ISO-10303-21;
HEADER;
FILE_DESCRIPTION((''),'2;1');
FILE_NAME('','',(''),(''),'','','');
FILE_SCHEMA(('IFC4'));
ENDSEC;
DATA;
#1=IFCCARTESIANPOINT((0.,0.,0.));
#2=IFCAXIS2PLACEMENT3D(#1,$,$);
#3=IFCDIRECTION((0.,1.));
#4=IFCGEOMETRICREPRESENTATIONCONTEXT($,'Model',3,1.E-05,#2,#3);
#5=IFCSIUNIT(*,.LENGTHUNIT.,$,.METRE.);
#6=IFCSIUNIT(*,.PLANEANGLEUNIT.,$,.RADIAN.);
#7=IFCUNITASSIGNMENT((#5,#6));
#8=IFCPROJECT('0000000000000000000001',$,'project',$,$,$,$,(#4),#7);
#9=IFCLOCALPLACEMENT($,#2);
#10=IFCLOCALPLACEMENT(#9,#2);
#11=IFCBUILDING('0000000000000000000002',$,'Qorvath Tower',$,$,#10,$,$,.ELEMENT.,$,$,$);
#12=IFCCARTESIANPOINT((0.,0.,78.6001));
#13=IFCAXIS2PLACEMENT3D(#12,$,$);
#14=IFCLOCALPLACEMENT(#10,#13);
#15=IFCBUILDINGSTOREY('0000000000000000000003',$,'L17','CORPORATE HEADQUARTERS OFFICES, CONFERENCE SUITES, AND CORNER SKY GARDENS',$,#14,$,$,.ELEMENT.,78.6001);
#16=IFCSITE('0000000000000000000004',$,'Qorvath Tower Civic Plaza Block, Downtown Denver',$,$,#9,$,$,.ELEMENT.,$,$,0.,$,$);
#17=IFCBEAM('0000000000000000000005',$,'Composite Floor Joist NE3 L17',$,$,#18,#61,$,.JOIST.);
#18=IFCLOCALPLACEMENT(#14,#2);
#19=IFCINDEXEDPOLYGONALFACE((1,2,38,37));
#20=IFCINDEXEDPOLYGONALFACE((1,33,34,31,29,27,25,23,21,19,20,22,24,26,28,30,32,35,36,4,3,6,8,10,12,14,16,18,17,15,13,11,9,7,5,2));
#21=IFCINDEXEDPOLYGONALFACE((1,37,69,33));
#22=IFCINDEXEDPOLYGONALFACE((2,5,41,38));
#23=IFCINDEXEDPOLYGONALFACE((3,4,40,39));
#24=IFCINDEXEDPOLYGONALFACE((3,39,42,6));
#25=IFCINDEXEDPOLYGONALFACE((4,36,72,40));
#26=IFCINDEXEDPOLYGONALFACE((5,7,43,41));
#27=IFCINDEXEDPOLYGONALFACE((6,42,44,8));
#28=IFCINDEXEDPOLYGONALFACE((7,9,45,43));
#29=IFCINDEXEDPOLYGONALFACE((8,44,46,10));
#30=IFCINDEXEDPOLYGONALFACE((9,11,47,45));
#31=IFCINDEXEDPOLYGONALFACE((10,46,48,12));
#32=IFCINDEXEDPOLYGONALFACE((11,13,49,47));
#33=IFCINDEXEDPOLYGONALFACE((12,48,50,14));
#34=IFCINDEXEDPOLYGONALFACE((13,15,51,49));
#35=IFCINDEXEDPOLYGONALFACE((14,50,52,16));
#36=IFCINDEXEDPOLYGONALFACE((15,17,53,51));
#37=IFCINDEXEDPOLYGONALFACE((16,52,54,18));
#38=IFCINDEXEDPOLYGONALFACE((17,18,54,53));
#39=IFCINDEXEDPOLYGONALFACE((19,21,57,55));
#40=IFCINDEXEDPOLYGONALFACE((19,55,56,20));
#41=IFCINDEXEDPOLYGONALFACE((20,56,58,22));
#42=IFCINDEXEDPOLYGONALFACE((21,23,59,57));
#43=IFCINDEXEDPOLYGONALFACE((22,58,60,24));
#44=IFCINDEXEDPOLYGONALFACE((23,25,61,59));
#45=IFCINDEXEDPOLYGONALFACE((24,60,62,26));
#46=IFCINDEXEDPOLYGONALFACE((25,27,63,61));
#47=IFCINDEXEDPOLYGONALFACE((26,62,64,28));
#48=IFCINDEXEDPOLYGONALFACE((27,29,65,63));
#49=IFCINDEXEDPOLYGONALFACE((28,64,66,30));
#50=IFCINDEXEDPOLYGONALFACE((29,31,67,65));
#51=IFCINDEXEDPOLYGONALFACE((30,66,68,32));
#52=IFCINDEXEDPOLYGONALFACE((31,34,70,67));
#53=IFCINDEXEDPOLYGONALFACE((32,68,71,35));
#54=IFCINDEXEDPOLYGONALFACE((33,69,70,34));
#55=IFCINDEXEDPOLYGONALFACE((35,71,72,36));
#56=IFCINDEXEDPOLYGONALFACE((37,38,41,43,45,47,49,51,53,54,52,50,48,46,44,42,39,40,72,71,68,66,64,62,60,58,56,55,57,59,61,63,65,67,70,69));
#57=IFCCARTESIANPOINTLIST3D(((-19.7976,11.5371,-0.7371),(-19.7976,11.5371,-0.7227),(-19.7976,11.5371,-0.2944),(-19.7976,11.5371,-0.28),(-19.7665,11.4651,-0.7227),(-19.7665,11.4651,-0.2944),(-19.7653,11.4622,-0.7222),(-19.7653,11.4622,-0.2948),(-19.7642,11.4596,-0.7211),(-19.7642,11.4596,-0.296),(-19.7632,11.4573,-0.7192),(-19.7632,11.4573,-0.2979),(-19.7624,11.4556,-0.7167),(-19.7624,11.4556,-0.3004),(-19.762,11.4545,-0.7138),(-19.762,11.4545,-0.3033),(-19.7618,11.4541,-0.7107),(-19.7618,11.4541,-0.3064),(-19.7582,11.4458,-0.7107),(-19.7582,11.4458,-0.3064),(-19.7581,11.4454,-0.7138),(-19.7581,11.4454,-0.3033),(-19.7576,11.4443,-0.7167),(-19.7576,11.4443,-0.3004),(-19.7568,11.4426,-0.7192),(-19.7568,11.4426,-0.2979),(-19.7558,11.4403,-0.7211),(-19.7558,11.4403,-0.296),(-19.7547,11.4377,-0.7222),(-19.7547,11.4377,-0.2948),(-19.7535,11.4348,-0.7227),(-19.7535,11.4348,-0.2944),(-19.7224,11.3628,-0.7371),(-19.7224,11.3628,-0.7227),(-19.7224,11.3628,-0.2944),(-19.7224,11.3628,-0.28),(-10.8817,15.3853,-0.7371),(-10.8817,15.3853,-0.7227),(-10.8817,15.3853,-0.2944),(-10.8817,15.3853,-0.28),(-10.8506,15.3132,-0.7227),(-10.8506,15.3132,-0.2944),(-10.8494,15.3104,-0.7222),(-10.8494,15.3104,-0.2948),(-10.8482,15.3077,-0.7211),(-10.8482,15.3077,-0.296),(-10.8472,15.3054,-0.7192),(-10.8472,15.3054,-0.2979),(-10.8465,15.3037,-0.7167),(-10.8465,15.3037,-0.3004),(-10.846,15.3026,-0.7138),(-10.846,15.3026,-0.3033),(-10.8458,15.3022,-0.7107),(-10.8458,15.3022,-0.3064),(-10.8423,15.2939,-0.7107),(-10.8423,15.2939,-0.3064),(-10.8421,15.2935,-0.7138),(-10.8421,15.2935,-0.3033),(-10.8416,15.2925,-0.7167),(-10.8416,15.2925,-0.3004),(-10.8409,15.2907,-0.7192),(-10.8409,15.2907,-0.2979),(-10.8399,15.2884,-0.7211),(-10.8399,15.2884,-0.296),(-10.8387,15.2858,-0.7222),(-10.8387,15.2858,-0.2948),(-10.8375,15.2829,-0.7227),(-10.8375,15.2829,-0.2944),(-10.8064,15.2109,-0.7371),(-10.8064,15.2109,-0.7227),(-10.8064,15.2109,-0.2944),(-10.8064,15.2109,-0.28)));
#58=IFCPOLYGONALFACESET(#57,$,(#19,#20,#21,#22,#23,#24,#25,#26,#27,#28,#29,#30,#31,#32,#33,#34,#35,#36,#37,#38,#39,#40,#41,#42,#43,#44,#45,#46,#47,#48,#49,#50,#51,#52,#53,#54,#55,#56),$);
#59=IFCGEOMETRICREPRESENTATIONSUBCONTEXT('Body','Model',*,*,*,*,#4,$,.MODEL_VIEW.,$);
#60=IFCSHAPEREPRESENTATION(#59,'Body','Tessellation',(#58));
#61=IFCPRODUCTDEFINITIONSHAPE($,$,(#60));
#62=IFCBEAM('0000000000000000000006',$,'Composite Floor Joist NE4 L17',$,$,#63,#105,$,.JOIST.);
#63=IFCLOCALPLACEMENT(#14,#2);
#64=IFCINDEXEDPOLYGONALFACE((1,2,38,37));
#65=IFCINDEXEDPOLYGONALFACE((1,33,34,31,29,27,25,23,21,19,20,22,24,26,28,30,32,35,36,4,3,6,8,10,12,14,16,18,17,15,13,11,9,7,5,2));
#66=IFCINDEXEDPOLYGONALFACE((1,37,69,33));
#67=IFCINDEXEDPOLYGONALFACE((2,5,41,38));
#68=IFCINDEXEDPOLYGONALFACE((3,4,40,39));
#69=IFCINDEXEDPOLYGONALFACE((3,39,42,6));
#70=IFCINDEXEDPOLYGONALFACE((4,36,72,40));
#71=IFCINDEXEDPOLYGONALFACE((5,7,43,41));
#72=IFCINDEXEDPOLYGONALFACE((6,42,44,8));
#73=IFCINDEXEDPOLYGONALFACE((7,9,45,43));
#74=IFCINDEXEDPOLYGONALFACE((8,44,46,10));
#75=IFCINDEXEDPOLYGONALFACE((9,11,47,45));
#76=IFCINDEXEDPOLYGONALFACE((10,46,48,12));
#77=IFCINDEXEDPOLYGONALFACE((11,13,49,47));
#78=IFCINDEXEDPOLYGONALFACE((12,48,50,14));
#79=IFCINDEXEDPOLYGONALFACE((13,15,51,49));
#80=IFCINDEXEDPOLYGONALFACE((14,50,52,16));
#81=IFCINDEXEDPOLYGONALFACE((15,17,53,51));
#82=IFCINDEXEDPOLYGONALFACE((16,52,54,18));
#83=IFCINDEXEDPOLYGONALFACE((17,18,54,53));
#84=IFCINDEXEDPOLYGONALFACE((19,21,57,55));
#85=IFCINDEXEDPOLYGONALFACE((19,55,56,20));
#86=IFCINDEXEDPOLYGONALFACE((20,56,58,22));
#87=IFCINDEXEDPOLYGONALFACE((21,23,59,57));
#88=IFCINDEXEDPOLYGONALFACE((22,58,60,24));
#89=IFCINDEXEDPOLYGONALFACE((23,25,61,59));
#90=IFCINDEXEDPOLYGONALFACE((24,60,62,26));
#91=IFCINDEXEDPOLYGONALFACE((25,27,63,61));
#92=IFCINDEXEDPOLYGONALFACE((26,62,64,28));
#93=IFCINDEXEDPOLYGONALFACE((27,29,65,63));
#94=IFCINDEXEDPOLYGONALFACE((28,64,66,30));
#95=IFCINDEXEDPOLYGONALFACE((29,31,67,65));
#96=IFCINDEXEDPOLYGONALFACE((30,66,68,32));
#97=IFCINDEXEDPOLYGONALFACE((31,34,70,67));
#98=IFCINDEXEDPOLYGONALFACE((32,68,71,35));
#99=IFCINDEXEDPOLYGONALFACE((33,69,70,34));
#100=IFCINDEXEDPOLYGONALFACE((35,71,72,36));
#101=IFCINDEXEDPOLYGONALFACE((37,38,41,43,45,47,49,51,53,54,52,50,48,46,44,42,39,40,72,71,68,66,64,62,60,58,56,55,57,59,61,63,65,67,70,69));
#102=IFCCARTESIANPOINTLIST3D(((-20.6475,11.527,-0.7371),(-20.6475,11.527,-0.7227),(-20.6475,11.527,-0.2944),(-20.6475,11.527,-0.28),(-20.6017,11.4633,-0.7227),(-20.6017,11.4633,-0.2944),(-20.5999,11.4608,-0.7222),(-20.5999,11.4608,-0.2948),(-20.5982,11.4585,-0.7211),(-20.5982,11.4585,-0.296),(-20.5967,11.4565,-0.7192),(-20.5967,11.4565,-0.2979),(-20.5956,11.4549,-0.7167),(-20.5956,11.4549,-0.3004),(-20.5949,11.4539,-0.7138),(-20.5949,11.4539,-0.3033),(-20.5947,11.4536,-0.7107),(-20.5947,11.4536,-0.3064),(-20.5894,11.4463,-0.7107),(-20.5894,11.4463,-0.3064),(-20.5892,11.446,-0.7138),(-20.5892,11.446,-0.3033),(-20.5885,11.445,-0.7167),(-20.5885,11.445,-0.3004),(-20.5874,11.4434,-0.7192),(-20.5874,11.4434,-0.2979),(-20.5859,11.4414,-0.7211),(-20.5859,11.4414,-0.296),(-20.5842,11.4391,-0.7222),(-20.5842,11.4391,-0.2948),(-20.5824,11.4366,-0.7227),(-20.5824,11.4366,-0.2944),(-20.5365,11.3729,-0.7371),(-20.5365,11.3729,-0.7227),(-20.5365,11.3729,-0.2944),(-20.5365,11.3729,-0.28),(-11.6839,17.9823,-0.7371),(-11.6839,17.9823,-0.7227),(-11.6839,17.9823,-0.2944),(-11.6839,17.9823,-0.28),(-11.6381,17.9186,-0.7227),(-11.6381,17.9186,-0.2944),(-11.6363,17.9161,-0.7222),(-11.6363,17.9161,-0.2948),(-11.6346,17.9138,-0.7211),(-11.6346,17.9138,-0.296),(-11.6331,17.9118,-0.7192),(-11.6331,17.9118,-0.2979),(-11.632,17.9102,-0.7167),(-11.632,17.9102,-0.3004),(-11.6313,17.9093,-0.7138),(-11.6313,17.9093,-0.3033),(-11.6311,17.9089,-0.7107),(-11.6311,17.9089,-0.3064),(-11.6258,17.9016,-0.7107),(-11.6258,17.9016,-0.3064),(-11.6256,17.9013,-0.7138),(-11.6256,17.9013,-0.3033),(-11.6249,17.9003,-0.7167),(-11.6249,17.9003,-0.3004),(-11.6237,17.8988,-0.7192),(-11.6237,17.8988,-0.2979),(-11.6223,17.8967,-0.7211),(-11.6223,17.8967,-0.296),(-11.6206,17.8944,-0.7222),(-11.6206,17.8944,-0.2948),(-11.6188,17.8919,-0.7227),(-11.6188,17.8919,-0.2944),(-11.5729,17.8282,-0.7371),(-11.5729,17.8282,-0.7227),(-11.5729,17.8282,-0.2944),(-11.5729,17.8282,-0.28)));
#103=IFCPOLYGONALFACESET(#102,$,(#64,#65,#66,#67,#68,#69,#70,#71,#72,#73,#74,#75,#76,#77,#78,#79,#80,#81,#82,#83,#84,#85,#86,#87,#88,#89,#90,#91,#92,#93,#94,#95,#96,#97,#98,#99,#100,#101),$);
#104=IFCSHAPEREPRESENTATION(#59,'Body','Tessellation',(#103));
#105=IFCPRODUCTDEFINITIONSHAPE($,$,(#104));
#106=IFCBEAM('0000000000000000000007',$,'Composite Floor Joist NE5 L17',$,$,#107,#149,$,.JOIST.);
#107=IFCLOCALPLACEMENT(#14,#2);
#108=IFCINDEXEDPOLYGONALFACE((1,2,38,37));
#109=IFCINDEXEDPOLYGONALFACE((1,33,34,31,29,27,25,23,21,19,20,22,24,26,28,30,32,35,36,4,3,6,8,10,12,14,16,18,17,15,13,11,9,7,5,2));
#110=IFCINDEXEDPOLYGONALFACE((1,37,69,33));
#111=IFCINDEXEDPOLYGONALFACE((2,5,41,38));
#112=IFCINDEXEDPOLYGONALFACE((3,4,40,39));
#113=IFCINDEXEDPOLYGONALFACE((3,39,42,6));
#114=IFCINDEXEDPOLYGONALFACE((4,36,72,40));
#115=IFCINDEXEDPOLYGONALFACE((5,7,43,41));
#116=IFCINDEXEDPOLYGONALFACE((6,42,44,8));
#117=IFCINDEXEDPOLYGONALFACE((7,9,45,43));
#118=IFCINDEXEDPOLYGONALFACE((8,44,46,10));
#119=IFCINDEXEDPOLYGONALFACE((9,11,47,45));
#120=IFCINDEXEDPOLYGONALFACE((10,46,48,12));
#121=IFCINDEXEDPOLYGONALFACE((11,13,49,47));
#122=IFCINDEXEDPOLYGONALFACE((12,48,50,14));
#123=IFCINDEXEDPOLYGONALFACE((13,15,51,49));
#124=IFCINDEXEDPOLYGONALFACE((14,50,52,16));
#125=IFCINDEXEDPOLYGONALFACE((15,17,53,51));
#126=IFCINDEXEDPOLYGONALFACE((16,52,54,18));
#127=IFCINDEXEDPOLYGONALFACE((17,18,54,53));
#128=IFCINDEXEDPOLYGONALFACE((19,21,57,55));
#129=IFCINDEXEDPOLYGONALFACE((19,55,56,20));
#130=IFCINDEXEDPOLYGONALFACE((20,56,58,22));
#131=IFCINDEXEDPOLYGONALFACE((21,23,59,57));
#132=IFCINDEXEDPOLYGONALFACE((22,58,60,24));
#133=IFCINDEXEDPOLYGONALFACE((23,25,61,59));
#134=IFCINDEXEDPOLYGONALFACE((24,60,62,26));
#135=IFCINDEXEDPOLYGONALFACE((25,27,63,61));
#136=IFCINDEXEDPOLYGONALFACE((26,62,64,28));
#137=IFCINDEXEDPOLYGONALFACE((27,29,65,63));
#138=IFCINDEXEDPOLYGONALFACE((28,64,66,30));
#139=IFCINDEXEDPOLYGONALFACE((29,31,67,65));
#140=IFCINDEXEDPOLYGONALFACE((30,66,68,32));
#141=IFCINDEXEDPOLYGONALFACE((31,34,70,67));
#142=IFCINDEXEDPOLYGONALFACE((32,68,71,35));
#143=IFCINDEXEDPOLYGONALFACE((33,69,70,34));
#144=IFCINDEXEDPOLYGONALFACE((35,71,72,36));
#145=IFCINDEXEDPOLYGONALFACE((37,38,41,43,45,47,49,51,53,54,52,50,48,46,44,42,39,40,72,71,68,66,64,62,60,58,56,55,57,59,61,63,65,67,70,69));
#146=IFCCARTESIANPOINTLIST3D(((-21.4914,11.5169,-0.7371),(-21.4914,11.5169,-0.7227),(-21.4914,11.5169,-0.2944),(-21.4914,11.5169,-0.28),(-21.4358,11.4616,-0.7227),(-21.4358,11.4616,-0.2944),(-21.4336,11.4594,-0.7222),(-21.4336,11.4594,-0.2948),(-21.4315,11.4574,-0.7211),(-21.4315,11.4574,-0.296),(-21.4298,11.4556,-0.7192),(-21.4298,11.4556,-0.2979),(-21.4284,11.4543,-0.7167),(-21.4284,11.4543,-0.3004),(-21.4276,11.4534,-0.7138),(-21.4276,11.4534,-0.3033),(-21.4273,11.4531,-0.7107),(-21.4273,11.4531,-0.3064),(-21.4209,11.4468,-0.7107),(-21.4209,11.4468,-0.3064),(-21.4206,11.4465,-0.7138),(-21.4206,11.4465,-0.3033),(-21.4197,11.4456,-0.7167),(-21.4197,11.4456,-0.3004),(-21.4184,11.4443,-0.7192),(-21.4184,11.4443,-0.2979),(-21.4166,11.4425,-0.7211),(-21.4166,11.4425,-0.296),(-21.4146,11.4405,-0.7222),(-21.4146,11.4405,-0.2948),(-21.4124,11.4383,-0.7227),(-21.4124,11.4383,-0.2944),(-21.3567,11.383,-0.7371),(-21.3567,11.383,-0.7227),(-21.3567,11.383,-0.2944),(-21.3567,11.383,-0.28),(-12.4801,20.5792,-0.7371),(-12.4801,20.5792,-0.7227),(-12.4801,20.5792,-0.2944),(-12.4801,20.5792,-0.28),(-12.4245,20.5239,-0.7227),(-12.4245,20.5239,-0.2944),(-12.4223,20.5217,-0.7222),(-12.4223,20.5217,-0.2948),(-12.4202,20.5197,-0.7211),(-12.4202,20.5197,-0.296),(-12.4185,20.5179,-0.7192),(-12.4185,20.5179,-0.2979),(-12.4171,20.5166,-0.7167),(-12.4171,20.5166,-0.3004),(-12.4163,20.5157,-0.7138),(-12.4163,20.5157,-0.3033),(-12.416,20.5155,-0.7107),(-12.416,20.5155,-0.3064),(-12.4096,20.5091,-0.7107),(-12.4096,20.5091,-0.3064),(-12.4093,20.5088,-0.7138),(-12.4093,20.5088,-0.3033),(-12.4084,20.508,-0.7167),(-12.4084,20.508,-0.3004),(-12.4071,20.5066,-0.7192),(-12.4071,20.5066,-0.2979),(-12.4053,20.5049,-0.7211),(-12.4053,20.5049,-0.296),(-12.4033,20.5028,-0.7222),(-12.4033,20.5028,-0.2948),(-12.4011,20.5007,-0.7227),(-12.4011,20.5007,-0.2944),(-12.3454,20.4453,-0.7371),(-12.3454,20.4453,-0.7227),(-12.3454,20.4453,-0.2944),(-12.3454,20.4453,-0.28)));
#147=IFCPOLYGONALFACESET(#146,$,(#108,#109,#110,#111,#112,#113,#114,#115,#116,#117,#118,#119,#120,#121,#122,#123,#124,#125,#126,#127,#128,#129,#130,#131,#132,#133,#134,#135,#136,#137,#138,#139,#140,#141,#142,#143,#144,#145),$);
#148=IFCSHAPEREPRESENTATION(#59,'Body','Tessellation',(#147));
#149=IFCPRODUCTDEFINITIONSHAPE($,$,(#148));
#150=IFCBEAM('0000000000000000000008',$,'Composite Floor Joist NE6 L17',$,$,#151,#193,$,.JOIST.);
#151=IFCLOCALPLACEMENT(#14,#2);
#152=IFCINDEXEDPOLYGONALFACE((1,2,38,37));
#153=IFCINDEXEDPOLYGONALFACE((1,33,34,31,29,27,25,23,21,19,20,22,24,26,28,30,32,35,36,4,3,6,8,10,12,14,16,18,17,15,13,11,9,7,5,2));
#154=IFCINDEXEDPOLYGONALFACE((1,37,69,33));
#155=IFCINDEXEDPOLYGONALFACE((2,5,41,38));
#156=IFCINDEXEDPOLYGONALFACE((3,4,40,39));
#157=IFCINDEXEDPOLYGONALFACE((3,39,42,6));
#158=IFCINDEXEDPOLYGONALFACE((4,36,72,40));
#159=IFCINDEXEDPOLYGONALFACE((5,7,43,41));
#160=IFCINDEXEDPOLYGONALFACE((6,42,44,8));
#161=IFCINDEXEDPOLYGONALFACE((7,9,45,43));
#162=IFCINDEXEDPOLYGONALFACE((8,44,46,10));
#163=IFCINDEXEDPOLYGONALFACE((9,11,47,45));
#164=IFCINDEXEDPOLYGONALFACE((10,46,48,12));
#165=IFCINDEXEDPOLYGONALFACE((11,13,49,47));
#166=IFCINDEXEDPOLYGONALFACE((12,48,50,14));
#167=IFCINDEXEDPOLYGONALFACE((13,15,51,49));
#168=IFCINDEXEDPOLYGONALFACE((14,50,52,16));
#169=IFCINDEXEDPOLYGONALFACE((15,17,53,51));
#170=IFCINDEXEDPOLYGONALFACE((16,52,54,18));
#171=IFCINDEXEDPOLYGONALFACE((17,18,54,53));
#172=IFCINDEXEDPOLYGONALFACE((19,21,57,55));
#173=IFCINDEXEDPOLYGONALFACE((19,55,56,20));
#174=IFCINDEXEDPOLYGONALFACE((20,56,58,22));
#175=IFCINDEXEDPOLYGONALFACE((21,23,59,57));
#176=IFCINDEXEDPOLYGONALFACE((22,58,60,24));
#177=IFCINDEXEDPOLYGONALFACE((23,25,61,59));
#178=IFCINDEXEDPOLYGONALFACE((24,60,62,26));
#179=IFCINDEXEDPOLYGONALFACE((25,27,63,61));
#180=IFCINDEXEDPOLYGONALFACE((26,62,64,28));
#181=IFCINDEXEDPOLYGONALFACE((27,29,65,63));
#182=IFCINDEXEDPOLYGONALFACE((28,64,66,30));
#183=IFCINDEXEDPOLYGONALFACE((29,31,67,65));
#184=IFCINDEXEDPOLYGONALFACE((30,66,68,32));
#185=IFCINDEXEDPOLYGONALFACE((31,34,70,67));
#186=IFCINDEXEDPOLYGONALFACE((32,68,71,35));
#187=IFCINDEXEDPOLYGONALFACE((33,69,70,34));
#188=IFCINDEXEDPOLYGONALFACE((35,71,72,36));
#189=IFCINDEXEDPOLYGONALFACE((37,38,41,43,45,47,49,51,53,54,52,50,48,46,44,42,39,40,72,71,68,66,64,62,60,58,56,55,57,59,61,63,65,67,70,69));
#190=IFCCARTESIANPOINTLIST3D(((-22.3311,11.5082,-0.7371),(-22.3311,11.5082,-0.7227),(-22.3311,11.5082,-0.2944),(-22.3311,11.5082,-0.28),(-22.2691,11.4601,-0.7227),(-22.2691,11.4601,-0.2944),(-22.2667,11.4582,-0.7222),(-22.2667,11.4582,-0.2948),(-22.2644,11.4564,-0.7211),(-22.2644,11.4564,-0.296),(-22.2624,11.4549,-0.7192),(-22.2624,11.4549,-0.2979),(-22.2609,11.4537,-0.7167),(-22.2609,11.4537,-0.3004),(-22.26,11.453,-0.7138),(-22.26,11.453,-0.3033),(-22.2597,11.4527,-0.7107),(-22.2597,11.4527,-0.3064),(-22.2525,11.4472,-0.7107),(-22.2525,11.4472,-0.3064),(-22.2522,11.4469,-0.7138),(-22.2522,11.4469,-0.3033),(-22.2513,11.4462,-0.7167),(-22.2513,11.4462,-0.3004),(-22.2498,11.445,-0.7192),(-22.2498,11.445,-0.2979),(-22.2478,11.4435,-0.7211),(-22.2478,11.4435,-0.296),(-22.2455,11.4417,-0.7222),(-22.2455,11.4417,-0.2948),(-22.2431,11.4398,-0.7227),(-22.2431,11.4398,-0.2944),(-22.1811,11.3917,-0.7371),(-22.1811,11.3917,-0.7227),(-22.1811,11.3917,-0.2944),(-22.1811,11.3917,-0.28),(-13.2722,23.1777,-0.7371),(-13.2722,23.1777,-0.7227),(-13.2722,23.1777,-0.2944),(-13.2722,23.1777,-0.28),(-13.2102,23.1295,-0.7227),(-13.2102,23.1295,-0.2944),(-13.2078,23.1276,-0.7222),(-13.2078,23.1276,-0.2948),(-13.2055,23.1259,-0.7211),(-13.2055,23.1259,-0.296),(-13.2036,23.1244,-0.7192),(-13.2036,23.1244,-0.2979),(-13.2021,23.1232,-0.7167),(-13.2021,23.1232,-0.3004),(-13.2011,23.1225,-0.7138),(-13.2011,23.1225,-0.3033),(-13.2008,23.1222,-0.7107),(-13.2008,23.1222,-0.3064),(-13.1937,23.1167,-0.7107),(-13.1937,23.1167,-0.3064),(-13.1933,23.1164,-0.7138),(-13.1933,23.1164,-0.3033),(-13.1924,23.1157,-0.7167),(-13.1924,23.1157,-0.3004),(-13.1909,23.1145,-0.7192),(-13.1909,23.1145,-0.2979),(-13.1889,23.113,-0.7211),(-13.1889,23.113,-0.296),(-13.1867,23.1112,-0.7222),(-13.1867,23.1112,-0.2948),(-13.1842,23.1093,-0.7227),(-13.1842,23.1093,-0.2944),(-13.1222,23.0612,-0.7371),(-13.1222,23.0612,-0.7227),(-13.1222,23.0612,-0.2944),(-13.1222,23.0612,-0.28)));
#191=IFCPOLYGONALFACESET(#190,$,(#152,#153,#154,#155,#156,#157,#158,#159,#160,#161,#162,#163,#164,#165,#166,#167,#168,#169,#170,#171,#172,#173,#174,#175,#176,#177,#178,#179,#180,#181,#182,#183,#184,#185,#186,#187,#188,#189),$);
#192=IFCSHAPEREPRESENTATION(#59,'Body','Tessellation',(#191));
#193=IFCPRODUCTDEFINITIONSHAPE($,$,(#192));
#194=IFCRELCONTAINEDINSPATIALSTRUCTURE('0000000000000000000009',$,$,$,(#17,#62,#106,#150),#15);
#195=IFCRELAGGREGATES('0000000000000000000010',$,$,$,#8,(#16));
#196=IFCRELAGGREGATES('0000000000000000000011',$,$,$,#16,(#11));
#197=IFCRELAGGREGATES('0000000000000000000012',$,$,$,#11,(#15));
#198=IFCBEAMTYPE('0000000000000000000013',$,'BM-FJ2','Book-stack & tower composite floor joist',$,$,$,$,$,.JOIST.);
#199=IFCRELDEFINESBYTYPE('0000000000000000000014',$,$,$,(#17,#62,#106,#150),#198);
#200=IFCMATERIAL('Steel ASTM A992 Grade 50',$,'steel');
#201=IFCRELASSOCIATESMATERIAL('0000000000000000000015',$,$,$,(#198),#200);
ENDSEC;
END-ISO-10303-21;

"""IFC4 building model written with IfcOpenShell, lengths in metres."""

from ifc_helpers import new_model, si_unit, direction, frame, origin, origin_2d, place, context, subcontext, project, spatial, i_section, extrude, material, material_profile, profile_set, type_object, element, save


model = new_model("IFC4")

# Units and contexts
model_context = context("Model", 3, precision=1e-05, world=origin(), true_north=direction((0.0, 1.0)))
body_context = subcontext(model_context, "Body", "Model", "MODEL_VIEW")
ifc_project = project(units=[si_unit("LENGTHUNIT", "METRE"), si_unit("PLANEANGLEUNIT", "RADIAN")], contexts=[model_context])

# Site, building, storey
site_placement = place(None, origin())
site = spatial("IfcSite", under=ifc_project, at=site_placement, Name="Qorvath Tower Civic Plaza Block, Downtown Denver", CompositionType="ELEMENT", RefElevation=0.0)
building_placement = place(site_placement, origin())
building = spatial("IfcBuilding", under=site, at=building_placement, Name="Qorvath Tower", CompositionType="ELEMENT")
storey_placement = place(building_placement, frame((0.0, 0.0, 78.6001)))
storey = spatial("IfcBuildingStorey", under=building, at=storey_placement, Name="L17", Description="CORPORATE HEADQUARTERS OFFICES, CONFERENCE SUITES, AND CORNER SKY GARDENS", CompositionType="ELEMENT", Elevation=78.6001)

# Beams
ifc_material_1 = material(Name="Steel ASTM A992 Grade 50", Category="steel")
ifc_material_profile_1 = material_profile(ifc_material_1, i_section(OverallWidth=0.1899, OverallDepth=0.457, WebThickness=0.009, FlangeThickness=0.0144, FilletRadius=0.012, at=origin_2d()), Name="W18x50")
ifc_profile_set_1 = profile_set([ifc_material_profile_1], Name="Steel ASTM A992 Grade 50")
beam_type_1 = type_object("IfcBeamType", Name="BM-FJ2", Description="Book-stack & tower composite floor joist", PredefinedType="JOIST", material=ifc_profile_set_1)
beam_1_placement = place(storey_placement, frame((-19.76, 11.45, -0.5085), z_axis=(0.918136, 0.396266, 0.0), x_axis=(-0.396266, 0.918136, 0.0)))
element("IfcBeam", 1, at=beam_1_placement, inside=storey, type_object=beam_type_1, Name="Composite Floor Joist NE3 L17", PredefinedType="JOIST", context=body_context, shape_type="SweptSolid", body=[
    extrude(i_section(OverallWidth=0.1899, OverallDepth=0.457, WebThickness=0.009, FlangeThickness=0.0144, FilletRadius=0.012, at=origin_2d()), origin(), (0.0, 0.0, 1.0), 9.7109),
])
beam_2_placement = place(storey_placement, frame((-20.592, 11.45, -0.5085), z_axis=(0.811469, 0.584395, 0.0), x_axis=(-0.584395, 0.811469, 0.0)))
element("IfcBeam", 2, at=beam_2_placement, inside=storey, type_object=beam_type_1, Name="Composite Floor Joist NE4 L17", PredefinedType="JOIST", context=body_context, shape_type="SweptSolid", body=[
    extrude(i_section(OverallWidth=0.1899, OverallDepth=0.457, WebThickness=0.009, FlangeThickness=0.0144, FilletRadius=0.012, at=origin_2d()), origin(), (0.0, 0.0, 1.0), 11.0461),
])
beam_3_placement = place(storey_placement, frame((-21.4241, 11.45, -0.5085), z_axis=(0.705108, 0.7091, 0.0), x_axis=(-0.7091, 0.705108, 0.0)))
element("IfcBeam", 3, at=beam_3_placement, inside=storey, type_object=beam_type_1, Name="Composite Floor Joist NE5 L17", PredefinedType="JOIST", context=body_context, shape_type="SweptSolid", body=[
    extrude(i_section(OverallWidth=0.1899, OverallDepth=0.457, WebThickness=0.009, FlangeThickness=0.0144, FilletRadius=0.012, at=origin_2d()), origin(), (0.0, 0.0, 1.0), 12.78),
])
beam_4_placement = place(storey_placement, frame((-22.2561, 11.45, -0.5085), z_axis=(0.613207, 0.789922, 0.0), x_axis=(-0.789922, 0.613207, 0.0)))
element("IfcBeam", 4, at=beam_4_placement, inside=storey, type_object=beam_type_1, Name="Composite Floor Joist NE6 L17", PredefinedType="JOIST", context=body_context, shape_type="SweptSolid", body=[
    extrude(i_section(OverallWidth=0.1899, OverallDepth=0.457, WebThickness=0.009, FlangeThickness=0.0144, FilletRadius=0.012, at=origin_2d()), origin(), (0.0, 0.0, 1.0), 14.7729),
])

save(model, "model.ifc")
